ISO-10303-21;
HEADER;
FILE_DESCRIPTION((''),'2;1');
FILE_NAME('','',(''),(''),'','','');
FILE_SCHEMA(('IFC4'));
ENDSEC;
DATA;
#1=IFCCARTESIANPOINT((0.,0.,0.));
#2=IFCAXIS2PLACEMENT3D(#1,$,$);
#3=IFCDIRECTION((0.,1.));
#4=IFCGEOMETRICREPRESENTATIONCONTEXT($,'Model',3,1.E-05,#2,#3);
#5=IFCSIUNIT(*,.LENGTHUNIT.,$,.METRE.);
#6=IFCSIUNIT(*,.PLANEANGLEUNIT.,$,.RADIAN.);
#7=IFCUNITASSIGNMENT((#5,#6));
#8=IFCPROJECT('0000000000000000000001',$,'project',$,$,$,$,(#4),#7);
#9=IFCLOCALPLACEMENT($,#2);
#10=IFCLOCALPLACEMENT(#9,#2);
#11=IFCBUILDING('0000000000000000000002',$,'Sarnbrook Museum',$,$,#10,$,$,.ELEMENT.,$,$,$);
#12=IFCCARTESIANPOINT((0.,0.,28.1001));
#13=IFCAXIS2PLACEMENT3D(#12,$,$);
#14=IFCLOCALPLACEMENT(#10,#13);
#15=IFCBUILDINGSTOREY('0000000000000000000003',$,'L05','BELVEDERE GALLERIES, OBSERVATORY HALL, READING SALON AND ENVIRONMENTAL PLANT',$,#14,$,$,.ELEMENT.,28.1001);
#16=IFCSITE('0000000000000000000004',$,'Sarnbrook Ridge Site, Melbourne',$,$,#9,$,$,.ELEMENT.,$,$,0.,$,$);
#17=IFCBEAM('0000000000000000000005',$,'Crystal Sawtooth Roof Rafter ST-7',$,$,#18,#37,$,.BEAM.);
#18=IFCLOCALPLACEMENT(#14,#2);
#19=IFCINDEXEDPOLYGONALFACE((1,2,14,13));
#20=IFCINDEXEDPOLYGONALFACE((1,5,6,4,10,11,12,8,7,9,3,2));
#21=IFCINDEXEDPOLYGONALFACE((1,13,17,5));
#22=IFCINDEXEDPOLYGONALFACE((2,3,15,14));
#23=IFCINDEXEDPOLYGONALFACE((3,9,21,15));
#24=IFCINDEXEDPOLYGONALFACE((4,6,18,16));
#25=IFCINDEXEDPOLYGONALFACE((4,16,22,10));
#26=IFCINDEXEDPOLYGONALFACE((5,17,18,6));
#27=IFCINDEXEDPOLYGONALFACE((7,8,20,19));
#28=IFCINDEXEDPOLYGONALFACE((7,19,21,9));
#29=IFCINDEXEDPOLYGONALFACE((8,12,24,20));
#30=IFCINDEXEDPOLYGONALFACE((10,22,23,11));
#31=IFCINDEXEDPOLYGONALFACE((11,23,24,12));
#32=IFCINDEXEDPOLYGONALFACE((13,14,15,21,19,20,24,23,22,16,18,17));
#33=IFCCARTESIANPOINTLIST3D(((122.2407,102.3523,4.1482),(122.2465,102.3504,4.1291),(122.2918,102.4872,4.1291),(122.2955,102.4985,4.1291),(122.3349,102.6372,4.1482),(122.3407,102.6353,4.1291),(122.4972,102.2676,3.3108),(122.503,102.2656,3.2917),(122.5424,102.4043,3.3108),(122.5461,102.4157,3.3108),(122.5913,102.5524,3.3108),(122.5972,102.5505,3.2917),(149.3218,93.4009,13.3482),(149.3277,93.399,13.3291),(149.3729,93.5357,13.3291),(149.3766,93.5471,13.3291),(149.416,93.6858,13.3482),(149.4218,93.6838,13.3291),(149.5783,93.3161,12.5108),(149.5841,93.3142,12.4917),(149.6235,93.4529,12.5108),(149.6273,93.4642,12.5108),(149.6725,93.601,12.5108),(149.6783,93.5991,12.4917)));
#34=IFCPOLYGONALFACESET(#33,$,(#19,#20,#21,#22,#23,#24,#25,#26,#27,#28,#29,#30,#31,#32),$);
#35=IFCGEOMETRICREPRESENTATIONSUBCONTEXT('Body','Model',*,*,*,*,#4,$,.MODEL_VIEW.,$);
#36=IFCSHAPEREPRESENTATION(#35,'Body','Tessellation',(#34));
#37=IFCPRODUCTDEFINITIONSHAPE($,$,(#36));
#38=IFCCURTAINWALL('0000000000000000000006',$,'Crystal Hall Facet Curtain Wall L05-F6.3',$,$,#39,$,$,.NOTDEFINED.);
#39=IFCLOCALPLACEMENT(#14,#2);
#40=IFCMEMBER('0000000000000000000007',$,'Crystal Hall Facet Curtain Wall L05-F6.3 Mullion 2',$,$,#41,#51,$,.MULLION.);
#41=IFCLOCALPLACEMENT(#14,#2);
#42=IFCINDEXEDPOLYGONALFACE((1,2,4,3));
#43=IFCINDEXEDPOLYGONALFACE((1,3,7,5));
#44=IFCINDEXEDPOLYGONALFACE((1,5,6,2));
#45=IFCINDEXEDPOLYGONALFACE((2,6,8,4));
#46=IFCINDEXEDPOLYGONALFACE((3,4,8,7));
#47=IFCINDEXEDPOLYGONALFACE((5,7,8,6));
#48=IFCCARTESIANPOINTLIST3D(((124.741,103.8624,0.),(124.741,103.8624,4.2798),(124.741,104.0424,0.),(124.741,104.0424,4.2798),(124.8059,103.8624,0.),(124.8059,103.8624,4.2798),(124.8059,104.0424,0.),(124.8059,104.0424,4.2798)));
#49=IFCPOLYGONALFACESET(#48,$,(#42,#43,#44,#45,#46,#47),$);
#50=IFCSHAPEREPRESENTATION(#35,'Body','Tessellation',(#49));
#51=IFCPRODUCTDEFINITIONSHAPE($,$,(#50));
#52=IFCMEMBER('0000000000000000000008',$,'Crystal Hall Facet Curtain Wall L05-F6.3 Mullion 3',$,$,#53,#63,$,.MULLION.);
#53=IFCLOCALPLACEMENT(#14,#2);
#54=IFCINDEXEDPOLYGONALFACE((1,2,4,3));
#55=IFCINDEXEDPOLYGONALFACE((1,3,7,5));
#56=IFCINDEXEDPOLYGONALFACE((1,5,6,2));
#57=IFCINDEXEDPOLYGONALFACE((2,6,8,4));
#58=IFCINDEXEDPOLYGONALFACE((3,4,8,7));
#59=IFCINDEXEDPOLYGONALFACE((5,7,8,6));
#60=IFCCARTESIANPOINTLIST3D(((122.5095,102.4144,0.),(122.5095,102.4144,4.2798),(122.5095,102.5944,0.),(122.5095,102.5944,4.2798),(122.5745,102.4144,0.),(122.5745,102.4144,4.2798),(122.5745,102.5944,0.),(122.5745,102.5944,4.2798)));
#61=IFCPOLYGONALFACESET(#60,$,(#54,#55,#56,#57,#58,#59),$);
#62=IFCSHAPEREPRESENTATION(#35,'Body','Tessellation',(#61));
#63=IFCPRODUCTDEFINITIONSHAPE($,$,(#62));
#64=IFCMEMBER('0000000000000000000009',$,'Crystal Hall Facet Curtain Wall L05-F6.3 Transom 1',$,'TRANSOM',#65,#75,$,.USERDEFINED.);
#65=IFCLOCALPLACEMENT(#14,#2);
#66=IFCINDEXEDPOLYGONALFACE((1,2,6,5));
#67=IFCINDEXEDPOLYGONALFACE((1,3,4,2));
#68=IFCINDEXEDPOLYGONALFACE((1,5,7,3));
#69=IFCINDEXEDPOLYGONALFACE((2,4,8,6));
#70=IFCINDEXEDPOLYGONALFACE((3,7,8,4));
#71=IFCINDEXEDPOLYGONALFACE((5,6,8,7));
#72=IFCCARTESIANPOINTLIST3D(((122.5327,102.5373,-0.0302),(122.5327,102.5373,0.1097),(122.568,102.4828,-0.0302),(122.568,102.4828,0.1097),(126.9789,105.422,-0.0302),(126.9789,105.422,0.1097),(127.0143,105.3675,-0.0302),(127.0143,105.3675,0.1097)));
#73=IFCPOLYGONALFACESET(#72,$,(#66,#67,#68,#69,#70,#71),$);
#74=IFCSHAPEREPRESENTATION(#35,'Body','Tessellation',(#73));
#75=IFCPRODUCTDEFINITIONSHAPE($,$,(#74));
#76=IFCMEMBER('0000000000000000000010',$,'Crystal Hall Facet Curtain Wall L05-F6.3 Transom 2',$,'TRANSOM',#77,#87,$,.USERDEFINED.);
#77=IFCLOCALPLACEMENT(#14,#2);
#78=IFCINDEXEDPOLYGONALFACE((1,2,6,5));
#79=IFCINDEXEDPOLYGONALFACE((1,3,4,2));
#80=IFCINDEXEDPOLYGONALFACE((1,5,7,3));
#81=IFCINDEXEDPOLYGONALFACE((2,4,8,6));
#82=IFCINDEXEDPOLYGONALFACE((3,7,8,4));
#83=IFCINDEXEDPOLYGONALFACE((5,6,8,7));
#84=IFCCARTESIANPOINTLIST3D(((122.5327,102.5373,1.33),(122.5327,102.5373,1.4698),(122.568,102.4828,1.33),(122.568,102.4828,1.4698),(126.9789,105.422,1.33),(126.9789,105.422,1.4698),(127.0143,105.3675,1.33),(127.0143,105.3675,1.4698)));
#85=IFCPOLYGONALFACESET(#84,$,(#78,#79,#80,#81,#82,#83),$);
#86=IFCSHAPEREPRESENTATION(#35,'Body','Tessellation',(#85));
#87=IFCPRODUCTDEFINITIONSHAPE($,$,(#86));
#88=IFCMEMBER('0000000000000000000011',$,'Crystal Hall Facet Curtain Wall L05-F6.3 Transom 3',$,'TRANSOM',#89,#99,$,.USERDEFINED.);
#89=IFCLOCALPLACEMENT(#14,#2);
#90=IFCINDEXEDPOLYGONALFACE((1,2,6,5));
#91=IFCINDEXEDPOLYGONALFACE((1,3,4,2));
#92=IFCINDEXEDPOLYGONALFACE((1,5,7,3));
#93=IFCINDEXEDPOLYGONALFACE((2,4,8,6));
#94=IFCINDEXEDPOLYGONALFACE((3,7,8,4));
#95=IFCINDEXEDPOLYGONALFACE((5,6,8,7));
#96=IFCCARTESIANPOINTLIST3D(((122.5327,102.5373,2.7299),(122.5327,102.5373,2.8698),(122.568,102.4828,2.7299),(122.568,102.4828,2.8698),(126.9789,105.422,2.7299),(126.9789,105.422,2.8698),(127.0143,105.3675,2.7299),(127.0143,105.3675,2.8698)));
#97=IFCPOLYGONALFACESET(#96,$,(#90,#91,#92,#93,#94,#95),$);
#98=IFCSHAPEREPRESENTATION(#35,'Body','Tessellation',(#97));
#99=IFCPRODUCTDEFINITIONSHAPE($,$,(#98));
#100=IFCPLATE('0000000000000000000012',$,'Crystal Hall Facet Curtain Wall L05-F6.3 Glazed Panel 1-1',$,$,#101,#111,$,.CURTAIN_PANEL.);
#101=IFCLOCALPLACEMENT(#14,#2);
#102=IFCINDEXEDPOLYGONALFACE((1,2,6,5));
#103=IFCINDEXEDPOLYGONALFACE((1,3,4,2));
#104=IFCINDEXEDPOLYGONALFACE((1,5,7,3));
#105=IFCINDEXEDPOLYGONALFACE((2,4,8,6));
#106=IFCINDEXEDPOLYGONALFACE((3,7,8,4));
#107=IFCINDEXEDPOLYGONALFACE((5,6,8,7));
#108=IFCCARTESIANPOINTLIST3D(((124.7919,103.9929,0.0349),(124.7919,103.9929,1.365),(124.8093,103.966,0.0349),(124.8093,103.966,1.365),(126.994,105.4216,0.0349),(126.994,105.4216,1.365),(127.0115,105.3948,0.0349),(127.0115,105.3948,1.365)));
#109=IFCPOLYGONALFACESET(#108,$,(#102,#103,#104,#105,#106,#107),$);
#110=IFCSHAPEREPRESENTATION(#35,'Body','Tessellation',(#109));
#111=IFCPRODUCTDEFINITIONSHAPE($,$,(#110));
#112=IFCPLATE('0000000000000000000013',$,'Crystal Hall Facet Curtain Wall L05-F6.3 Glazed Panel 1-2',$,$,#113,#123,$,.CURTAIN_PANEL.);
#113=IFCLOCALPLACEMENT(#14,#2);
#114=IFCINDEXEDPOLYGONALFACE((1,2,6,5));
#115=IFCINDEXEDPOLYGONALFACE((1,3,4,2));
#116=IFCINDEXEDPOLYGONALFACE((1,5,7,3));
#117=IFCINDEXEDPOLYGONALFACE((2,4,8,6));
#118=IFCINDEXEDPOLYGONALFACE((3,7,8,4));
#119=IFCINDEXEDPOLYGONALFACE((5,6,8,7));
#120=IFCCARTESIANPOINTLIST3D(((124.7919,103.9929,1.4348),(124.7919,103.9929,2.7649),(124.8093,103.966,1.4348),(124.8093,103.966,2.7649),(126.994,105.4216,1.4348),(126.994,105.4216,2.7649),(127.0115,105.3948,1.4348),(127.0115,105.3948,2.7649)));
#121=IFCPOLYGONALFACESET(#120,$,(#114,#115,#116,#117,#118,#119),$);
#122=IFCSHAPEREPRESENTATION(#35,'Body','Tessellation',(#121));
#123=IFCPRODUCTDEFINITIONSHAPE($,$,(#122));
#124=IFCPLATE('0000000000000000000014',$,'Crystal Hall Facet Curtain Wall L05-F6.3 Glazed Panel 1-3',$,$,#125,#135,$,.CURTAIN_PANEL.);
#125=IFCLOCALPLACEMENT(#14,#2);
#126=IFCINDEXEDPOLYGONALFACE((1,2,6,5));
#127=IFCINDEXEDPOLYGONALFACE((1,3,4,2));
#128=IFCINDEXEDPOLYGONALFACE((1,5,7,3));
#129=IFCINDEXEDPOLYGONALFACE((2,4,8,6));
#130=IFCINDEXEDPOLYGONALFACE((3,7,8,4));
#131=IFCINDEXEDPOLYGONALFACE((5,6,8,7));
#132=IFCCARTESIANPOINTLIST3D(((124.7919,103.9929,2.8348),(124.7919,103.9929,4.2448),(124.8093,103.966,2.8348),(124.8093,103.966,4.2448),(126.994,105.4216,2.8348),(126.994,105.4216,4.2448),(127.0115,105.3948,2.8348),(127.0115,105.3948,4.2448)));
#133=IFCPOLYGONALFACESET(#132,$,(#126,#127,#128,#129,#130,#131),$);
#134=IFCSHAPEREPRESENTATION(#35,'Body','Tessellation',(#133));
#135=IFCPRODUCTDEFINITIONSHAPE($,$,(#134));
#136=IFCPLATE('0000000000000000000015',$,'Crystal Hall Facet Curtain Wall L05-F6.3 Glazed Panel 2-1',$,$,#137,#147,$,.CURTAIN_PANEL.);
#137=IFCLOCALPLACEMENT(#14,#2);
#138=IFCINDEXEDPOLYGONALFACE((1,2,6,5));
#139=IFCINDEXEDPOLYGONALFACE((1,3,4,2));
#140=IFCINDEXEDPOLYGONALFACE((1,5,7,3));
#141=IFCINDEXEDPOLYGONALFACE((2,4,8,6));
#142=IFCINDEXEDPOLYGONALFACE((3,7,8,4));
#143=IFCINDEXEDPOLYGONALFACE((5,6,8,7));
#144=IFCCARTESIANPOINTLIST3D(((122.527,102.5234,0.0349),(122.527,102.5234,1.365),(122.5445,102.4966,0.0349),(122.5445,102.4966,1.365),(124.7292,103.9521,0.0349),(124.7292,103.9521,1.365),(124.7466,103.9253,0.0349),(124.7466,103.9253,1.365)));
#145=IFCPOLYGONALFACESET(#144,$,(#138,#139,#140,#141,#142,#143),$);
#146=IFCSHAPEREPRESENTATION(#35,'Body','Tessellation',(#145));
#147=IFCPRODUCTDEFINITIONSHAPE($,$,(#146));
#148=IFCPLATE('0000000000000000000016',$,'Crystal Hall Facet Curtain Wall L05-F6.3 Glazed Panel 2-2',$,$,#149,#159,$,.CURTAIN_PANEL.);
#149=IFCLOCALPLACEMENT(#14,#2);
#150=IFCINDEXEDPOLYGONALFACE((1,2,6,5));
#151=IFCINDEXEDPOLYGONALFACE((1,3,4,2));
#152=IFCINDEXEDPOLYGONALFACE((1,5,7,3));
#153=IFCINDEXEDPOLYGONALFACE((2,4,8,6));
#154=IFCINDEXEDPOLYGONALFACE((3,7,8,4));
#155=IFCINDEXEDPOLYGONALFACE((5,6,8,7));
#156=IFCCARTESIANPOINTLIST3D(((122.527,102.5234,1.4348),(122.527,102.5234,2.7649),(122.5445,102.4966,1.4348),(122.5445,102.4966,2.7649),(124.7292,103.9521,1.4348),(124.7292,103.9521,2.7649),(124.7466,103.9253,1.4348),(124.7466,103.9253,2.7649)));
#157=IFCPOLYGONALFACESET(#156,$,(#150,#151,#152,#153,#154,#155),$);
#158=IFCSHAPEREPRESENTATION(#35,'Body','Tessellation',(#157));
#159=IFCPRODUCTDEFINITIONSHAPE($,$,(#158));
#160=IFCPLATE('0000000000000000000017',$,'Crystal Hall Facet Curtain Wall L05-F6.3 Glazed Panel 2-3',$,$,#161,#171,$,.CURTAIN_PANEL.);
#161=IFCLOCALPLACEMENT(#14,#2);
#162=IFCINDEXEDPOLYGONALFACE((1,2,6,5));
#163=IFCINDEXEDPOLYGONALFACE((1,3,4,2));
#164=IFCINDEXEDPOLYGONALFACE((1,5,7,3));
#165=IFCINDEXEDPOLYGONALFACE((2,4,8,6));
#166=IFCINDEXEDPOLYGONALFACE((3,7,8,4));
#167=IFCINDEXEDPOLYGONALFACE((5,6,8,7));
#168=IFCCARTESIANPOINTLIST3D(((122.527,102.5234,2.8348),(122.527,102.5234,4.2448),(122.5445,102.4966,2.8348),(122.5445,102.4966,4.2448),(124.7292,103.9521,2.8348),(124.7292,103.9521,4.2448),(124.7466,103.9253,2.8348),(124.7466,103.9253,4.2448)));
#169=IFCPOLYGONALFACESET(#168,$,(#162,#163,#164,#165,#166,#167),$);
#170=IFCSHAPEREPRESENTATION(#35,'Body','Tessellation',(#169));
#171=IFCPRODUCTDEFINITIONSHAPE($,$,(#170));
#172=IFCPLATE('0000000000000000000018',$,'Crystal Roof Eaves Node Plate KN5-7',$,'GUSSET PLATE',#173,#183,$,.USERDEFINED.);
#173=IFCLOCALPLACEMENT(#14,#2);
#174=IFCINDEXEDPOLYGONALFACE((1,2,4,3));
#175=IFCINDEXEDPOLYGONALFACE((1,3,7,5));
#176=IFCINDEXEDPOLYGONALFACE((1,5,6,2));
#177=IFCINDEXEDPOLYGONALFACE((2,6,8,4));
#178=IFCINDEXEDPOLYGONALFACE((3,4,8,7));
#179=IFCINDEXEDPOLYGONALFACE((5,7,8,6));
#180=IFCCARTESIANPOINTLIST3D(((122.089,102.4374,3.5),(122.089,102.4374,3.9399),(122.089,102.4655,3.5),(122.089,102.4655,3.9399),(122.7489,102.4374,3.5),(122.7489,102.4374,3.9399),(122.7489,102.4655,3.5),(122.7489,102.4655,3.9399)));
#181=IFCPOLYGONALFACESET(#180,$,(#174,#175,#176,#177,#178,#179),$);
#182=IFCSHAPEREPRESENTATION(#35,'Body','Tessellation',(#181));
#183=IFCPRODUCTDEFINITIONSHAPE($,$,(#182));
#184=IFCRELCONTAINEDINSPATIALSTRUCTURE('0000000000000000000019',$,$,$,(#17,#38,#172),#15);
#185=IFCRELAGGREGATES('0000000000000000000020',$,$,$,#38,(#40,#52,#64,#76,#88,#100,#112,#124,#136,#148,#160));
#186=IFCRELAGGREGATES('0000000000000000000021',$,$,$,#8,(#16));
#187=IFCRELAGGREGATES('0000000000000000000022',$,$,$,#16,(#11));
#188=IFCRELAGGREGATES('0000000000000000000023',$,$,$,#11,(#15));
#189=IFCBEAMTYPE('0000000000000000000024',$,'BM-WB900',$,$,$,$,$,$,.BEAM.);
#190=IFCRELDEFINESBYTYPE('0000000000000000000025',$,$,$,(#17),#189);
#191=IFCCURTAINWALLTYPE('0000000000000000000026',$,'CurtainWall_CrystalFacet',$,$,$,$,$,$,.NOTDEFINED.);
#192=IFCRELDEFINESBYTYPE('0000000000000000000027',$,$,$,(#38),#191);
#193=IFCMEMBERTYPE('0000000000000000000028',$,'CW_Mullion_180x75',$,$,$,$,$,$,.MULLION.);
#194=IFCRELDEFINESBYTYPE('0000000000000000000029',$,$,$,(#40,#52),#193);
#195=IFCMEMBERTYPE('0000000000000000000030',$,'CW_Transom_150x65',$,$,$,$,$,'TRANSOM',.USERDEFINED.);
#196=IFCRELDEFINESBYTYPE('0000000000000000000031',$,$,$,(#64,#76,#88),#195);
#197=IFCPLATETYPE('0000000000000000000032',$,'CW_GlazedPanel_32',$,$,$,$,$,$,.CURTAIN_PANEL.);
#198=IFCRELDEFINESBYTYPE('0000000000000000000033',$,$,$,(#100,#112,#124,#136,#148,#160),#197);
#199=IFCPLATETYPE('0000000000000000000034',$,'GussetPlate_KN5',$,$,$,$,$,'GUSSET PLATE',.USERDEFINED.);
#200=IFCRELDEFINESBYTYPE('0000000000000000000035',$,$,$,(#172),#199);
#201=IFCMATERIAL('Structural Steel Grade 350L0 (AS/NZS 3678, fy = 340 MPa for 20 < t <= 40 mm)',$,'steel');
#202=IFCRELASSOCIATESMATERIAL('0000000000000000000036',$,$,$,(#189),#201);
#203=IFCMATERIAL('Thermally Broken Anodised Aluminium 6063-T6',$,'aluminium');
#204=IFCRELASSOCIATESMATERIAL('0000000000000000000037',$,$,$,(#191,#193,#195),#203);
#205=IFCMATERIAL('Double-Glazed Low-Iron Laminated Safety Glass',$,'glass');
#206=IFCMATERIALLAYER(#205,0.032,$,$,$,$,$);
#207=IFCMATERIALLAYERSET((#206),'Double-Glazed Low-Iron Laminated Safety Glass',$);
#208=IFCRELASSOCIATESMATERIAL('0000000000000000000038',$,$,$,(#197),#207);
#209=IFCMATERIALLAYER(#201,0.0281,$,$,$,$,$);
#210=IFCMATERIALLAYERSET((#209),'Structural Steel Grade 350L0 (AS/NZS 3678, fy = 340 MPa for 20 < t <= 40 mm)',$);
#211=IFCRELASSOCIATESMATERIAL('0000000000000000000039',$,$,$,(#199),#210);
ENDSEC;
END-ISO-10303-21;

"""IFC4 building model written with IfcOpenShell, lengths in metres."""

from ifc_helpers import new_model, si_unit, direction, frame, origin, origin_2d, place, context, subcontext, project, spatial, rectangle, i_section, extrude, material, layer, layer_set, material_profile, profile_set, type_object, element, aggregate, save


model = new_model("IFC4")

# Units and contexts
model_context = context("Model", 3, precision=1e-05, world=origin(), true_north=direction((0.0, 1.0)))
body_context = subcontext(model_context, "Body", "Model", "MODEL_VIEW")
ifc_project = project(units=[si_unit("LENGTHUNIT", "METRE"), si_unit("PLANEANGLEUNIT", "RADIAN")], contexts=[model_context])

# Site, building, storey
site_placement = place(None, origin())
site = spatial("IfcSite", under=ifc_project, at=site_placement, Name="Sarnbrook Ridge Site, Melbourne", CompositionType="ELEMENT", RefElevation=0.0)
building_placement = place(site_placement, origin())
building = spatial("IfcBuilding", under=site, at=building_placement, Name="Sarnbrook Museum", CompositionType="ELEMENT")
storey_placement = place(building_placement, frame((0.0, 0.0, 28.1001)))
storey = spatial("IfcBuildingStorey", under=building, at=storey_placement, Name="L05", Description="BELVEDERE GALLERIES, OBSERVATORY HALL, READING SALON AND ENVIRONMENTAL PLANT", CompositionType="ELEMENT", Elevation=28.1001)

# Beam
ifc_material_1 = material(Name="Structural Steel Grade 350L0 (AS/NZS 3678, fy = 340 MPa for 20 < t <= 40 mm)", Category="steel")
ifc_material_profile_1 = material_profile(ifc_material_1, i_section(OverallWidth=0.3, OverallDepth=0.8999, WebThickness=0.012, FlangeThickness=0.02, at=origin_2d()), Name="900WB175")
ifc_profile_set_1 = profile_set([ifc_material_profile_1], Name="Structural Steel Grade 350L0 (AS/NZS 3678, fy = 340 MPa for 20 < t <= 40 mm)")
beam_type_1 = type_object("IfcBeamType", Name="BM-WB900", PredefinedType="BEAM", material=ifc_profile_set_1)
beam_1_placement = place(storey_placement, frame((122.4189, 102.4514, 3.72), z_axis=(0.903631, -0.298688, 0.306981), x_axis=(0.313841, 0.949475, 0.0)))
element("IfcBeam", 1, at=beam_1_placement, inside=storey, type_object=beam_type_1, Name="Crystal Sawtooth Roof Rafter ST-7", PredefinedType="BEAM", context=body_context, shape_type="SweptSolid", body=[
    extrude(i_section(OverallWidth=0.3, OverallDepth=0.8999, WebThickness=0.012, FlangeThickness=0.02, at=origin_2d()), origin(), (0.0, 0.0, 1.0), 29.9692),
])

# Curtain wall, members, plates
ifc_material_2 = material(Name="Thermally Broken Anodised Aluminium 6063-T6", Category="aluminium")
curtain_wall_type = type_object("IfcCurtainWallType", Name="CurtainWall_CrystalFacet", PredefinedType="NOTDEFINED", material=ifc_material_2)
curtain_wall_placement = place(storey_placement, origin())
curtain_wall = element("IfcCurtainWall", 2, at=curtain_wall_placement, inside=storey, type_object=curtain_wall_type, Name="Crystal Hall Facet Curtain Wall L05-F6.3", PredefinedType="NOTDEFINED")
ifc_material_profile_2 = material_profile(ifc_material_2, rectangle(XDim=0.0649, YDim=0.1799, at=origin_2d()), Name="ALU MULLION 65x180")
ifc_profile_set_2 = profile_set([ifc_material_profile_2], Name="Thermally Broken Anodised Aluminium 6063-T6")
member_type_1 = type_object("IfcMemberType", Name="CW_Mullion_180x75", PredefinedType="MULLION", material=ifc_profile_set_2)
member_1_placement = place(storey_placement, frame((124.7734, 103.9524, 0.0), z_axis=(0.0, 0.0, 1.0), x_axis=(1.0, 0.0, 0.0)))
member_1 = element("IfcMember", 3, at=member_1_placement, type_object=member_type_1, Name="Crystal Hall Facet Curtain Wall L05-F6.3 Mullion 2", PredefinedType="MULLION", context=body_context, shape_type="SweptSolid", body=[
    extrude(rectangle(XDim=0.0649, YDim=0.1799, at=origin_2d()), origin(), (0.0, 0.0, 1.0), 4.2798),
])
member_2_placement = place(storey_placement, frame((122.542, 102.5044, 0.0), z_axis=(0.0, 0.0, 1.0), x_axis=(1.0, 0.0, 0.0)))
member_2 = element("IfcMember", 4, at=member_2_placement, type_object=member_type_1, Name="Crystal Hall Facet Curtain Wall L05-F6.3 Mullion 3", PredefinedType="MULLION", context=body_context, shape_type="SweptSolid", body=[
    extrude(rectangle(XDim=0.0649, YDim=0.1799, at=origin_2d()), origin(), (0.0, 0.0, 1.0), 4.2798),
])
ifc_material_profile_3 = material_profile(ifc_material_2, rectangle(XDim=0.0649, YDim=0.1399, at=origin_2d()), Name="ALU TRANSOM 65x140")
ifc_profile_set_3 = profile_set([ifc_material_profile_3], Name="Thermally Broken Anodised Aluminium 6063-T6")
member_type_2 = type_object("IfcMemberType", Name="CW_Transom_150x65", ElementType="TRANSOM", PredefinedType="USERDEFINED", material=ifc_profile_set_3)
member_3_placement = place(storey_placement, frame((126.9966, 105.3948, 0.0398), z_axis=(-0.838902, -0.544282, 0.0), x_axis=(0.544282, -0.838902, 0.0)))
member_3 = element("IfcMember", 5, at=member_3_placement, type_object=member_type_2, Name="Crystal Hall Facet Curtain Wall L05-F6.3 Transom 1", ObjectType="TRANSOM", PredefinedType="USERDEFINED", context=body_context, shape_type="SweptSolid", body=[
    extrude(rectangle(XDim=0.0649, YDim=0.1399, at=origin_2d()), origin(), (0.0, 0.0, 1.0), 5.3),
])
member_4_placement = place(storey_placement, frame((126.9966, 105.3948, 1.3999), z_axis=(-0.838902, -0.544282, 0.0), x_axis=(0.544282, -0.838902, 0.0)))
member_4 = element("IfcMember", 6, at=member_4_placement, type_object=member_type_2, Name="Crystal Hall Facet Curtain Wall L05-F6.3 Transom 2", ObjectType="TRANSOM", PredefinedType="USERDEFINED", context=body_context, shape_type="SweptSolid", body=[
    extrude(rectangle(XDim=0.0649, YDim=0.1399, at=origin_2d()), origin(), (0.0, 0.0, 1.0), 5.3),
])
member_5_placement = place(storey_placement, frame((126.9966, 105.3948, 2.7998), z_axis=(-0.838902, -0.544282, 0.0), x_axis=(0.544282, -0.838902, 0.0)))
member_5 = element("IfcMember", 7, at=member_5_placement, type_object=member_type_2, Name="Crystal Hall Facet Curtain Wall L05-F6.3 Transom 3", ObjectType="TRANSOM", PredefinedType="USERDEFINED", context=body_context, shape_type="SweptSolid", body=[
    extrude(rectangle(XDim=0.0649, YDim=0.1399, at=origin_2d()), origin(), (0.0, 0.0, 1.0), 5.3),
])
ifc_material_3 = material(Name="Double-Glazed Low-Iron Laminated Safety Glass", Category="glass")
ifc_layer_1 = layer(ifc_material_3, 0.032)
ifc_layer_set_1 = layer_set([ifc_layer_1], Name="Double-Glazed Low-Iron Laminated Safety Glass")
plate_type_1 = type_object("IfcPlateType", Name="CW_GlazedPanel_32", PredefinedType="CURTAIN_PANEL", material=ifc_layer_set_1)
plate_1_placement = place(storey_placement, frame((125.9104, 104.6804, 0.7), z_axis=(-0.544291, 0.838897, 0.0), x_axis=(-0.838897, -0.544291, 0.0)))
plate_1 = element("IfcPlate", 8, at=plate_1_placement, type_object=plate_type_1, Name="Crystal Hall Facet Curtain Wall L05-F6.3 Glazed Panel 1-1", PredefinedType="CURTAIN_PANEL", context=body_context, shape_type="SweptSolid", body=[
    extrude(rectangle(XDim=2.625, YDim=1.3301, at=origin_2d()), origin(), (0.0, 0.0, 1.0), 0.032),
])
plate_2_placement = place(storey_placement, frame((125.9104, 104.6804, 2.0999), z_axis=(-0.544291, 0.838897, 0.0), x_axis=(-0.838897, -0.544291, 0.0)))
plate_2 = element("IfcPlate", 9, at=plate_2_placement, type_object=plate_type_1, Name="Crystal Hall Facet Curtain Wall L05-F6.3 Glazed Panel 1-2", PredefinedType="CURTAIN_PANEL", context=body_context, shape_type="SweptSolid", body=[
    extrude(rectangle(XDim=2.625, YDim=1.3301, at=origin_2d()), origin(), (0.0, 0.0, 1.0), 0.032),
])
plate_3_placement = place(storey_placement, frame((125.9104, 104.6804, 3.5398), z_axis=(-0.544291, 0.838897, 0.0), x_axis=(-0.838897, -0.544291, 0.0)))
plate_3 = element("IfcPlate", 10, at=plate_3_placement, type_object=plate_type_1, Name="Crystal Hall Facet Curtain Wall L05-F6.3 Glazed Panel 1-3", PredefinedType="CURTAIN_PANEL", context=body_context, shape_type="SweptSolid", body=[
    extrude(rectangle(XDim=2.625, YDim=1.4099, at=origin_2d()), origin(), (0.0, 0.0, 1.0), 0.032),
])
plate_4_placement = place(storey_placement, frame((123.6455, 103.2109, 0.7), z_axis=(-0.544291, 0.838897, 0.0), x_axis=(-0.838897, -0.544291, 0.0)))
plate_4 = element("IfcPlate", 11, at=plate_4_placement, type_object=plate_type_1, Name="Crystal Hall Facet Curtain Wall L05-F6.3 Glazed Panel 2-1", PredefinedType="CURTAIN_PANEL", context=body_context, shape_type="SweptSolid", body=[
    extrude(rectangle(XDim=2.625, YDim=1.3301, at=origin_2d()), origin(), (0.0, 0.0, 1.0), 0.032),
])
plate_5_placement = place(storey_placement, frame((123.6455, 103.2109, 2.0999), z_axis=(-0.544291, 0.838897, 0.0), x_axis=(-0.838897, -0.544291, 0.0)))
plate_5 = element("IfcPlate", 12, at=plate_5_placement, type_object=plate_type_1, Name="Crystal Hall Facet Curtain Wall L05-F6.3 Glazed Panel 2-2", PredefinedType="CURTAIN_PANEL", context=body_context, shape_type="SweptSolid", body=[
    extrude(rectangle(XDim=2.625, YDim=1.3301, at=origin_2d()), origin(), (0.0, 0.0, 1.0), 0.032),
])
plate_6_placement = place(storey_placement, frame((123.6455, 103.2109, 3.5398), z_axis=(-0.544291, 0.838897, 0.0), x_axis=(-0.838897, -0.544291, 0.0)))
plate_6 = element("IfcPlate", 13, at=plate_6_placement, type_object=plate_type_1, Name="Crystal Hall Facet Curtain Wall L05-F6.3 Glazed Panel 2-3", PredefinedType="CURTAIN_PANEL", context=body_context, shape_type="SweptSolid", body=[
    extrude(rectangle(XDim=2.625, YDim=1.4099, at=origin_2d()), origin(), (0.0, 0.0, 1.0), 0.032),
])
aggregate(curtain_wall, [member_1, member_2, member_3, member_4, member_5, plate_1, plate_2, plate_3, plate_4, plate_5, plate_6])

# Plate
ifc_layer_2 = layer(ifc_material_1, 0.0281)
ifc_layer_set_2 = layer_set([ifc_layer_2], Name="Structural Steel Grade 350L0 (AS/NZS 3678, fy = 340 MPa for 20 < t <= 40 mm)")
plate_type_2 = type_object("IfcPlateType", Name="GussetPlate_KN5", ElementType="GUSSET PLATE", PredefinedType="USERDEFINED", material=ifc_layer_set_2)
plate_7_placement = place(storey_placement, frame((122.4189, 102.4514, 3.5), z_axis=(0.0, 0.0, 1.0), x_axis=(1.0, 0.0, 0.0)))
element("IfcPlate", 14, at=plate_7_placement, inside=storey, type_object=plate_type_2, Name="Crystal Roof Eaves Node Plate KN5-7", ObjectType="GUSSET PLATE", PredefinedType="USERDEFINED", context=body_context, shape_type="SweptSolid", body=[
    extrude(rectangle(XDim=0.6599, YDim=0.0281, at=origin_2d()), origin(), (0.0, 0.0, 1.0), 0.4399),
])

save(model, "model.ifc")
